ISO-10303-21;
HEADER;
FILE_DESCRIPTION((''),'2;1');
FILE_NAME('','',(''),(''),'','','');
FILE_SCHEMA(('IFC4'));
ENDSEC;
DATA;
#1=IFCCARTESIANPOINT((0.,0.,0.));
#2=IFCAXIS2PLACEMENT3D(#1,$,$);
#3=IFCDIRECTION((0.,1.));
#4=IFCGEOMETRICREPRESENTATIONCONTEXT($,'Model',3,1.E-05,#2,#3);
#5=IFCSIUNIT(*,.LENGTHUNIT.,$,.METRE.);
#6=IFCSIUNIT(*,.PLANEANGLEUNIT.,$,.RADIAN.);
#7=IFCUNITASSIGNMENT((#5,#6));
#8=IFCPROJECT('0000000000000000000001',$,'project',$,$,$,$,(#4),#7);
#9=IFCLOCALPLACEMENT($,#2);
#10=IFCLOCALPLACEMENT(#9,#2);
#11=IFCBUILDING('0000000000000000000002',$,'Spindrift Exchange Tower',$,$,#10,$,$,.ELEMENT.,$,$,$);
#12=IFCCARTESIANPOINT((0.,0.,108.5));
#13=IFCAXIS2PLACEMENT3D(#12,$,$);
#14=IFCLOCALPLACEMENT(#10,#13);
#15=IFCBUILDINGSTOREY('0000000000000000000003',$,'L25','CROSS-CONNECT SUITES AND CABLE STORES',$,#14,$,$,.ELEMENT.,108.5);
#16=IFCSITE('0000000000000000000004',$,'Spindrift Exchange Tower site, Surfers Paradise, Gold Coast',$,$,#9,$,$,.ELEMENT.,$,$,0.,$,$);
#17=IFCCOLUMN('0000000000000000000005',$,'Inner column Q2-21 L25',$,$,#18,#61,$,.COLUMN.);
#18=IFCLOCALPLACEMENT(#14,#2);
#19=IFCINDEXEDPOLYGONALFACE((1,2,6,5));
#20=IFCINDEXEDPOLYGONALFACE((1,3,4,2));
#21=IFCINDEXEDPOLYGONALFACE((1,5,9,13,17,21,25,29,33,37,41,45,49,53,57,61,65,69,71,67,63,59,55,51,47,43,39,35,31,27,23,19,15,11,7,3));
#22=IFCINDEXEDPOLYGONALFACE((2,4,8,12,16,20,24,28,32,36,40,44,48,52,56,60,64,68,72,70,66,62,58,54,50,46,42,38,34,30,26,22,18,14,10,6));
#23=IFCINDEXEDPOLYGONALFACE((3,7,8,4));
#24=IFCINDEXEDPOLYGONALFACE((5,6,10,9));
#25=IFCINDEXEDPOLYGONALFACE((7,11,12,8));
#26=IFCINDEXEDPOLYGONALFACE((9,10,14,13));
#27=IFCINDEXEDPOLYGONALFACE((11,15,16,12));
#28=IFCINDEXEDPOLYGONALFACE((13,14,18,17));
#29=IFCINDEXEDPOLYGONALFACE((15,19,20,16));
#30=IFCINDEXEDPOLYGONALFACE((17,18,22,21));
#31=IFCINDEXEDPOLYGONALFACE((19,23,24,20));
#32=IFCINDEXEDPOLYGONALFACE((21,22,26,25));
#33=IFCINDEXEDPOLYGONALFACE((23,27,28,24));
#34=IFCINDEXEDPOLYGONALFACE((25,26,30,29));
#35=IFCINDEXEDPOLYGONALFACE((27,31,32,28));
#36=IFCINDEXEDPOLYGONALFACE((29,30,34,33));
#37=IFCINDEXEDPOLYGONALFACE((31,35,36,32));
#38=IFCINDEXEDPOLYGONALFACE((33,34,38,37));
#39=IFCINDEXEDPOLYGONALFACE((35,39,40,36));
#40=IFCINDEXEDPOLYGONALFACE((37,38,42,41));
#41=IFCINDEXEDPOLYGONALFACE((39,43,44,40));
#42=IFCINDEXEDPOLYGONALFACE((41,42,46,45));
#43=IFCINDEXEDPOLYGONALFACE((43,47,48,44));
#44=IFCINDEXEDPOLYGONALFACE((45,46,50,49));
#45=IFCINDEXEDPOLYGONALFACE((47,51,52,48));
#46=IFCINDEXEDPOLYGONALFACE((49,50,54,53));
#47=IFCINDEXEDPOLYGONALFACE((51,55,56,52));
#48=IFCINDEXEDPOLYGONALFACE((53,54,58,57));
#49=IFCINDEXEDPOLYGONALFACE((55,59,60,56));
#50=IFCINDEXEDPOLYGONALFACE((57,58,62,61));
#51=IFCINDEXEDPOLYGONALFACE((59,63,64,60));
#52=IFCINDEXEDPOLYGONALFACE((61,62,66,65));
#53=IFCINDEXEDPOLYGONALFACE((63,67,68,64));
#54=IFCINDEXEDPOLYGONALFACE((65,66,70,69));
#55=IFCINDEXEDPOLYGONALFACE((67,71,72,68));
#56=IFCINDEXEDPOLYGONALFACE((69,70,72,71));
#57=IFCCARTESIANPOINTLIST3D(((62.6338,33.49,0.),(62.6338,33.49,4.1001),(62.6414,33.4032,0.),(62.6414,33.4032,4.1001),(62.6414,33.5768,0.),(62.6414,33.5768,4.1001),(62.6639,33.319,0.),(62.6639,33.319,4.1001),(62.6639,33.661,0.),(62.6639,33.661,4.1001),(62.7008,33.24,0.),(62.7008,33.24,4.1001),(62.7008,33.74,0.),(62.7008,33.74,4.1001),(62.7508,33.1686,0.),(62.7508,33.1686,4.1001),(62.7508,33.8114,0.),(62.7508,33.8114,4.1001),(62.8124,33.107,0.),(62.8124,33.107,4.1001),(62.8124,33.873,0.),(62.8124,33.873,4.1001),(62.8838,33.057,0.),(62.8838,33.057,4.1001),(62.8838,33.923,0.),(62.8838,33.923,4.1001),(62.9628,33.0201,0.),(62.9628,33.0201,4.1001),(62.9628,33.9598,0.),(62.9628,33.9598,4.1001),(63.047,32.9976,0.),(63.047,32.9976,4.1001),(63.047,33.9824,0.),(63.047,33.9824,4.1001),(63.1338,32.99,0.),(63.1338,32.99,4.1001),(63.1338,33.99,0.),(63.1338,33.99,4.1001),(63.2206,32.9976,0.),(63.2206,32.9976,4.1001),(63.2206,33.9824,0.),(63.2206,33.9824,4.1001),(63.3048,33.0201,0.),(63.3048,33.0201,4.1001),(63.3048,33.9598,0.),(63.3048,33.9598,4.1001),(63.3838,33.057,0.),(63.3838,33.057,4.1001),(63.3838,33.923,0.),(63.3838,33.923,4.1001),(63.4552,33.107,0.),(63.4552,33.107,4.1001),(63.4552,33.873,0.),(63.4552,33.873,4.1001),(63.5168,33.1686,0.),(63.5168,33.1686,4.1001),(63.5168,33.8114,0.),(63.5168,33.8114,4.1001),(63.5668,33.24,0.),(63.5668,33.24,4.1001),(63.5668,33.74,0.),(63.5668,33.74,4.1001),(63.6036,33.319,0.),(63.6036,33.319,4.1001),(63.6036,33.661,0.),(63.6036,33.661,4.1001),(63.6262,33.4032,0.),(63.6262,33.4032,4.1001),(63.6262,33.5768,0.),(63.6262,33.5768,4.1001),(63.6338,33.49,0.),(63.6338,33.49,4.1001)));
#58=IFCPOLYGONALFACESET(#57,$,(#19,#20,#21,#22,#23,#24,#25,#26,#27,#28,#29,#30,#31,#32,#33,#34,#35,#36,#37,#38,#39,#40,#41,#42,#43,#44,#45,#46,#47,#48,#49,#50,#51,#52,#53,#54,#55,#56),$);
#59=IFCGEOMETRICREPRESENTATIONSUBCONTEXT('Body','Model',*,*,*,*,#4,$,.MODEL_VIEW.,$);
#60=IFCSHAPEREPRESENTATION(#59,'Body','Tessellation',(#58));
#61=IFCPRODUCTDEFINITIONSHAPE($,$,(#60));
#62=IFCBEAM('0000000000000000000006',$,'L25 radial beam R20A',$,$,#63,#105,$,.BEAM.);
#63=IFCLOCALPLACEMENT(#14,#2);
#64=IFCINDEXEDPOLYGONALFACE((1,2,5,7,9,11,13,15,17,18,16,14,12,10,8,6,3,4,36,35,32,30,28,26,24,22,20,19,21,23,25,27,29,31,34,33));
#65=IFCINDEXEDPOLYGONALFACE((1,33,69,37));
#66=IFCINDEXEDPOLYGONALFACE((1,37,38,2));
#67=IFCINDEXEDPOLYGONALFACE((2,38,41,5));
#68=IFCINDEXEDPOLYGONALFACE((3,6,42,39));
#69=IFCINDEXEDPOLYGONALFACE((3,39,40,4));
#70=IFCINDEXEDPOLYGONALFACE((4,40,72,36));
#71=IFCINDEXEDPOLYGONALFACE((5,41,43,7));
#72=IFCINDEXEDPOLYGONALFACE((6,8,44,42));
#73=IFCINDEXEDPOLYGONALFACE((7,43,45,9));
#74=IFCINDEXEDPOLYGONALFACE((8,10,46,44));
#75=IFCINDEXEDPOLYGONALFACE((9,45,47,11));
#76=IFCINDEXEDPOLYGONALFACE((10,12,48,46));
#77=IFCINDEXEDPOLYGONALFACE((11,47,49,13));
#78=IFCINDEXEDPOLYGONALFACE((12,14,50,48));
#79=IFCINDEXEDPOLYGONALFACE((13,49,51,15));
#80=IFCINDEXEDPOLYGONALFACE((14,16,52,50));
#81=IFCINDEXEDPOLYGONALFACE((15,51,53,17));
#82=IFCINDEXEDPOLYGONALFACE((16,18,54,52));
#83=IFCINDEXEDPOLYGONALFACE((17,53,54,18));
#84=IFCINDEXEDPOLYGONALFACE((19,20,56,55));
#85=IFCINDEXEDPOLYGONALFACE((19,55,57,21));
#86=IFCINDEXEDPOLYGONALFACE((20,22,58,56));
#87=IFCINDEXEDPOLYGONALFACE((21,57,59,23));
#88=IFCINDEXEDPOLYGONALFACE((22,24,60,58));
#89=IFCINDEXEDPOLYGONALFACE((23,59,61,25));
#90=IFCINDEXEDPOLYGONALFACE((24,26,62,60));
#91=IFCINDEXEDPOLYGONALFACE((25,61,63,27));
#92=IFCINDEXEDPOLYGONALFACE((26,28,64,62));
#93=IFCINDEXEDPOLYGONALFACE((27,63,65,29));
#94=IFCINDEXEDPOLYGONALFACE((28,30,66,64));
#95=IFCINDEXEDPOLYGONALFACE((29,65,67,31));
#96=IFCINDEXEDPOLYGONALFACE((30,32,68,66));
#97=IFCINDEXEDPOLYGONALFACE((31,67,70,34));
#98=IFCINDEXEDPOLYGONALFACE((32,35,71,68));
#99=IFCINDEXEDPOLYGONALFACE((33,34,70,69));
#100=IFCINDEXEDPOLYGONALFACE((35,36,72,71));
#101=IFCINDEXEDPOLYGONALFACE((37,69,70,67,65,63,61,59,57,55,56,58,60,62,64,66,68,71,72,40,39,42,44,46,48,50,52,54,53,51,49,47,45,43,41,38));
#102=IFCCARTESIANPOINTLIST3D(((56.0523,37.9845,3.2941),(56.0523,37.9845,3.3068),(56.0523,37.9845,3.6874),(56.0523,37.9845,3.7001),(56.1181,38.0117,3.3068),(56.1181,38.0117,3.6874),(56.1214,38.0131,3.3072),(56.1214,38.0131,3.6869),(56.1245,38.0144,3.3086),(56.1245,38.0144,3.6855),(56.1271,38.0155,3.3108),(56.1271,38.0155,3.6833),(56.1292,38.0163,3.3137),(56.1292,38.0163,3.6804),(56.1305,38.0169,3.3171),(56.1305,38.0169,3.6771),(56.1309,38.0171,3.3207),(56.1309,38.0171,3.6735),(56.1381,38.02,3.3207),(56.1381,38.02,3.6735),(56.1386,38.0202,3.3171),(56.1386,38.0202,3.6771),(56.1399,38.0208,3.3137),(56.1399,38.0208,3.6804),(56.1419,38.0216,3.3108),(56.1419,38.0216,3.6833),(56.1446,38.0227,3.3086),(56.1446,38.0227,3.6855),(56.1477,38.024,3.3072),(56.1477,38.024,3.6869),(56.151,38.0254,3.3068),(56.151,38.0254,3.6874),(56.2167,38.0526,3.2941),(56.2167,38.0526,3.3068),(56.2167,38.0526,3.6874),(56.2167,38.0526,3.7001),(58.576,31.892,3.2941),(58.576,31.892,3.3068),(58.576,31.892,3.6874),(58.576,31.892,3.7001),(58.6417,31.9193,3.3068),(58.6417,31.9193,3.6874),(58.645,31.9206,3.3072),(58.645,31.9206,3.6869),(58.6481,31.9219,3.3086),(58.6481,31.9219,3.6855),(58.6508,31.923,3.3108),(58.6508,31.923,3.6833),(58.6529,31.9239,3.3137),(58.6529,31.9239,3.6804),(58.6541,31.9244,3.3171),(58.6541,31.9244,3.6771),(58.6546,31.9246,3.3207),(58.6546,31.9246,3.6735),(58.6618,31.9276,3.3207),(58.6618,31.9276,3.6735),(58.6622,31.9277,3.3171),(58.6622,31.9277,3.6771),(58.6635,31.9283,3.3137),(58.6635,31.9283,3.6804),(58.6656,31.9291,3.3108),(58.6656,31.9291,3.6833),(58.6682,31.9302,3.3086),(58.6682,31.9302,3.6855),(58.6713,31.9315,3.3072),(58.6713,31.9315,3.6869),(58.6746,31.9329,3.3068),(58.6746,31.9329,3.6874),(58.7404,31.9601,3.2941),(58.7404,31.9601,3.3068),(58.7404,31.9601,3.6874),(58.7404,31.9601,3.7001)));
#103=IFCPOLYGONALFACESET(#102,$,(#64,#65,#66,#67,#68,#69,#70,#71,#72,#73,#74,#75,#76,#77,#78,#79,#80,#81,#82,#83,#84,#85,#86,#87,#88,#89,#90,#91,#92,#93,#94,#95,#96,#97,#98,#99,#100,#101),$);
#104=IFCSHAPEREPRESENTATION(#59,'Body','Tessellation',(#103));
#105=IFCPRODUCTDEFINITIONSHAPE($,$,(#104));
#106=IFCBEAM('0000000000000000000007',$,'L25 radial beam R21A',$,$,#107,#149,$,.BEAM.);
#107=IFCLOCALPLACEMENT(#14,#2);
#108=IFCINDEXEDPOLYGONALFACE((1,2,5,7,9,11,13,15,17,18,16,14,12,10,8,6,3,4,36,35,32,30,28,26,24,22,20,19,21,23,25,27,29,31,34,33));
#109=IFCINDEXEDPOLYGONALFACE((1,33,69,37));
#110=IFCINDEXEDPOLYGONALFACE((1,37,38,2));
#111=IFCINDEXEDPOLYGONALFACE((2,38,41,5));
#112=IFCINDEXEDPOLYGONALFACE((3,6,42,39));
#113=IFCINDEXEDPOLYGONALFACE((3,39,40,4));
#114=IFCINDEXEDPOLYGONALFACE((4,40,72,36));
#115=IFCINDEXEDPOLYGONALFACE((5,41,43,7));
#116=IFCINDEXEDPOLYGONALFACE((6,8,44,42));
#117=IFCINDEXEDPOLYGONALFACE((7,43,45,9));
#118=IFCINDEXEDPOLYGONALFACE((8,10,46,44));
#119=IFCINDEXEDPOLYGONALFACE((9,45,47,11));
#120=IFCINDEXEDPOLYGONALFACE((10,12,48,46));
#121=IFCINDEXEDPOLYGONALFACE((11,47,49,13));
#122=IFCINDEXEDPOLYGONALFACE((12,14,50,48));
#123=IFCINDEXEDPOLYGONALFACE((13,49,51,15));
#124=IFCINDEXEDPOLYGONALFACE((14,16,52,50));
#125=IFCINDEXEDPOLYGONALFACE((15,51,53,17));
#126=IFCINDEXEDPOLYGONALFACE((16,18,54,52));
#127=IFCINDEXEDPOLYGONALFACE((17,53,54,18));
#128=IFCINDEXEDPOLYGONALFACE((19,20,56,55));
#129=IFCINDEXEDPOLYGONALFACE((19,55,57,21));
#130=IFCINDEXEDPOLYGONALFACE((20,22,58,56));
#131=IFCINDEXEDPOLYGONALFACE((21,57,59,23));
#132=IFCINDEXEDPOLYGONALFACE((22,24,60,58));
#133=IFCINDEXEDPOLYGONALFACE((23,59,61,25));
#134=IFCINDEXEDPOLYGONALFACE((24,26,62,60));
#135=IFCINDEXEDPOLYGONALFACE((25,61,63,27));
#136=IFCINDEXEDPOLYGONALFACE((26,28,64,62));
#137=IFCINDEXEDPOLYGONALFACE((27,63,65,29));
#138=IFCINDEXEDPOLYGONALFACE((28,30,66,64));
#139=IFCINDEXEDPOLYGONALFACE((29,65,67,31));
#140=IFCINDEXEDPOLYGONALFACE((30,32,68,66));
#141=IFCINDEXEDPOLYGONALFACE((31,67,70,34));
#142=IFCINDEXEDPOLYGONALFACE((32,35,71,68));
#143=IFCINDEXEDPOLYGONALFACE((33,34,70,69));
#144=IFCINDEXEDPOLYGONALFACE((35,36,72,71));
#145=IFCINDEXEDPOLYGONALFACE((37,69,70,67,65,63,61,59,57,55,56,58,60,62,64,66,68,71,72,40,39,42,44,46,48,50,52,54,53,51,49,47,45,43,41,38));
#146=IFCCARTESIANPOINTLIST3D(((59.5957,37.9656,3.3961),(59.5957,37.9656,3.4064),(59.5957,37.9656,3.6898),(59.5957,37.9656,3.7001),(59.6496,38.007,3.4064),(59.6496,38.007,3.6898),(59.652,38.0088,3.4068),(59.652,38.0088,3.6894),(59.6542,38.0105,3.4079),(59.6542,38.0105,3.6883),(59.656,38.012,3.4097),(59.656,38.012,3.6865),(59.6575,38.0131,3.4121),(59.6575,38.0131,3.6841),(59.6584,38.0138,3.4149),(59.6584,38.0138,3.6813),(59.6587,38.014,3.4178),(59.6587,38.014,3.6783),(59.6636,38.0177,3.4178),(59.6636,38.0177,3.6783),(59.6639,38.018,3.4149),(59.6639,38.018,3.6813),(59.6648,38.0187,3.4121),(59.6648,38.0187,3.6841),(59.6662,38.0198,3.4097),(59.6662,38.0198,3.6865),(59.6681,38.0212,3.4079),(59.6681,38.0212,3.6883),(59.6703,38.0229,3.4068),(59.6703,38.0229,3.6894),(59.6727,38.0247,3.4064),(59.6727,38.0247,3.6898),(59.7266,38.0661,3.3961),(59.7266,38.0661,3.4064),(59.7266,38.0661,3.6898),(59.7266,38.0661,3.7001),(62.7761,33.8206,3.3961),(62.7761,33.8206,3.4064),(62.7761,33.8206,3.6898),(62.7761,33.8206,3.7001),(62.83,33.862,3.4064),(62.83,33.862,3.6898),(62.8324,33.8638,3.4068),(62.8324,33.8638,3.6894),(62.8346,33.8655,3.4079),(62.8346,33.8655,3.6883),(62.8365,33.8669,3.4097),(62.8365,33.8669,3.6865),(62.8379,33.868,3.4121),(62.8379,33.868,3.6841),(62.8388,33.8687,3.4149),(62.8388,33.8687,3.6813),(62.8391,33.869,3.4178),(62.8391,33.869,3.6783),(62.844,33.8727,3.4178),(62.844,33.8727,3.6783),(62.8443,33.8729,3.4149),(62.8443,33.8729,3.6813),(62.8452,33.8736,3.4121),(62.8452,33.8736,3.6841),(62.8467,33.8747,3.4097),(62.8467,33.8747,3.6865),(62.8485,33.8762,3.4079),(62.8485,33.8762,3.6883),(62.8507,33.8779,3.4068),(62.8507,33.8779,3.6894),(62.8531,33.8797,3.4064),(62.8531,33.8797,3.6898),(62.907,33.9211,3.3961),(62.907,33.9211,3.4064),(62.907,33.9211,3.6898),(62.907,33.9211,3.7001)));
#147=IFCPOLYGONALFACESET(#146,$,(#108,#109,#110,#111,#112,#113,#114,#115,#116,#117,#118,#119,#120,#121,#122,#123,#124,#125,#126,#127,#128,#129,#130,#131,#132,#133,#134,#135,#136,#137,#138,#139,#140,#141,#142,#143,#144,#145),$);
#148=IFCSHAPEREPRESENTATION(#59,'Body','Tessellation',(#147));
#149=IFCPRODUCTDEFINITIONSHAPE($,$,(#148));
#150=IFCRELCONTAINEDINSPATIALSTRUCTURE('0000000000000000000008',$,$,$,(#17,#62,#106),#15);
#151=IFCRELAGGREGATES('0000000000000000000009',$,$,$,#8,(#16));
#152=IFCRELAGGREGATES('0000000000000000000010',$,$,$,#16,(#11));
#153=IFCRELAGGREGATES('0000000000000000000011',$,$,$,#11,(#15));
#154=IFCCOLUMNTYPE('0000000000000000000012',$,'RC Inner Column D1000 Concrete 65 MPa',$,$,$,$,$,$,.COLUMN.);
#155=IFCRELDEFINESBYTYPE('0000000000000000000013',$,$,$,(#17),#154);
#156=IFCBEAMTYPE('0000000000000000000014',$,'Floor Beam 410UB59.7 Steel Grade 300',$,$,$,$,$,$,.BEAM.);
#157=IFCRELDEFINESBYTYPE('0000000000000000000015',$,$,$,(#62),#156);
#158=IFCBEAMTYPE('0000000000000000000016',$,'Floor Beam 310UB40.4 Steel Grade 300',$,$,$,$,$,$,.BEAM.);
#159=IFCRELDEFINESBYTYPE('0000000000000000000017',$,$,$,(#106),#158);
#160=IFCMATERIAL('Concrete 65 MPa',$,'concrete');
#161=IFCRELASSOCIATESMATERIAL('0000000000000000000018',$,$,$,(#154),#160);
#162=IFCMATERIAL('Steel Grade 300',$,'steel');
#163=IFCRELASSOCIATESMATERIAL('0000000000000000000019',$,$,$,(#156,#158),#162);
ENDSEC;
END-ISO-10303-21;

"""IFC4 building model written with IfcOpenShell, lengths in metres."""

from ifc_helpers import new_model, si_unit, direction, frame, origin, origin_2d, place, context, subcontext, project, spatial, circle, i_section, extrude, source, transform, mapped, material, material_profile, profile_set, type_object, element, save


model = new_model("IFC4")

# Units and contexts
model_context = context("Model", 3, precision=1e-05, world=origin(), true_north=direction((0.0, 1.0)))
body_context = subcontext(model_context, "Body", "Model", "MODEL_VIEW")
ifc_project = project(units=[si_unit("LENGTHUNIT", "METRE"), si_unit("PLANEANGLEUNIT", "RADIAN")], contexts=[model_context])

# Site, building, storey
site_placement = place(None, origin())
site = spatial("IfcSite", under=ifc_project, at=site_placement, Name="Spindrift Exchange Tower site, Surfers Paradise, Gold Coast", CompositionType="ELEMENT", RefElevation=0.0)
building_placement = place(site_placement, origin())
building = spatial("IfcBuilding", under=site, at=building_placement, Name="Spindrift Exchange Tower", CompositionType="ELEMENT")
storey_placement = place(building_placement, frame((0.0, 0.0, 108.5)))
storey = spatial("IfcBuildingStorey", under=building, at=storey_placement, Name="L25", Description="CROSS-CONNECT SUITES AND CABLE STORES", CompositionType="ELEMENT", Elevation=108.5)

# Column
ifc_material_1 = material(Name="Concrete 65 MPa", Category="concrete")
ifc_material_profile_1 = material_profile(ifc_material_1, circle(Radius=0.5, at=origin_2d()), Name="RC D1000")
ifc_profile_set_1 = profile_set([ifc_material_profile_1], Name="Concrete 65 MPa")
column_type = type_object("IfcColumnType", Name="RC Inner Column D1000 Concrete 65 MPa", PredefinedType="COLUMN", material=ifc_profile_set_1)
shared_shape_1 = source(origin(), body_context, "Body", "SweptSolid", [
    extrude(circle(Radius=0.5, at=origin_2d()), origin(), (0.0, 0.0, 1.0), 4.1001),
])
column_placement = place(storey_placement, frame((63.1338, 33.49, 0.0), z_axis=(0.0, 0.0, 1.0), x_axis=(1.0, 0.0, 0.0)))
element("IfcColumn", 1, at=column_placement, inside=storey, type_object=column_type, Name="Inner column Q2-21 L25", PredefinedType="COLUMN", context=body_context, shape_type="MappedRepresentation", body=[
    mapped(shared_shape_1, transform((0.0, 0.0, 0.0), scale=1.0)),
])

# Beams
ifc_material_2 = material(Name="Steel Grade 300", Category="steel")
ifc_material_profile_2 = material_profile(ifc_material_2, i_section(OverallWidth=0.178, OverallDepth=0.406, WebThickness=0.0078, FlangeThickness=0.0127, FilletRadius=0.0139, at=origin_2d()), Name="410UB59.7")
ifc_profile_set_2 = profile_set([ifc_material_profile_2], Name="Steel Grade 300")
beam_type_1 = type_object("IfcBeamType", Name="Floor Beam 410UB59.7 Steel Grade 300", PredefinedType="BEAM", material=ifc_profile_set_2)
shared_shape_2 = source(origin(), body_context, "Body", "SweptSolid", [
    extrude(i_section(OverallWidth=0.178, OverallDepth=0.406, WebThickness=0.0078, FlangeThickness=0.0127, FilletRadius=0.0139, at=origin_2d()), origin(), (0.0, 0.0, 1.0), 6.5945),
])
beam_1_placement = place(storey_placement, frame((56.1345, 38.0186, 3.4971), z_axis=(0.382693, -0.923876, 0.0), x_axis=(0.923876, 0.382693, 0.0)))
element("IfcBeam", 2, at=beam_1_placement, inside=storey, type_object=beam_type_1, Name="L25 radial beam R20A", PredefinedType="BEAM", context=body_context, shape_type="MappedRepresentation", body=[
    mapped(shared_shape_2, transform((0.0, 0.0, 0.0), scale=1.0)),
])
ifc_material_profile_3 = material_profile(ifc_material_2, i_section(OverallWidth=0.165, OverallDepth=0.304, WebThickness=0.0061, FlangeThickness=0.0103, FilletRadius=0.0115, at=origin_2d()), Name="310UB40.4")
ifc_profile_set_3 = profile_set([ifc_material_profile_3], Name="Steel Grade 300")
beam_type_2 = type_object("IfcBeamType", Name="Floor Beam 310UB40.4 Steel Grade 300", PredefinedType="BEAM", material=ifc_profile_set_3)
shared_shape_3 = source(origin(), body_context, "Body", "SweptSolid", [
    extrude(i_section(OverallWidth=0.165, OverallDepth=0.304, WebThickness=0.0061, FlangeThickness=0.0103, FilletRadius=0.0115, at=origin_2d()), origin(), (0.0, 0.0, 1.0), 5.2246),
])
beam_2_placement = place(storey_placement, frame((59.6611, 38.0159, 3.5481), z_axis=(0.608741, -0.793369, 0.0), x_axis=(0.793369, 0.608741, 0.0)))
element("IfcBeam", 3, at=beam_2_placement, inside=storey, type_object=beam_type_2, Name="L25 radial beam R21A", PredefinedType="BEAM", context=body_context, shape_type="MappedRepresentation", body=[
    mapped(shared_shape_3, transform((0.0, 0.0, 0.0), scale=1.0)),
])

save(model, "model.ifc")
